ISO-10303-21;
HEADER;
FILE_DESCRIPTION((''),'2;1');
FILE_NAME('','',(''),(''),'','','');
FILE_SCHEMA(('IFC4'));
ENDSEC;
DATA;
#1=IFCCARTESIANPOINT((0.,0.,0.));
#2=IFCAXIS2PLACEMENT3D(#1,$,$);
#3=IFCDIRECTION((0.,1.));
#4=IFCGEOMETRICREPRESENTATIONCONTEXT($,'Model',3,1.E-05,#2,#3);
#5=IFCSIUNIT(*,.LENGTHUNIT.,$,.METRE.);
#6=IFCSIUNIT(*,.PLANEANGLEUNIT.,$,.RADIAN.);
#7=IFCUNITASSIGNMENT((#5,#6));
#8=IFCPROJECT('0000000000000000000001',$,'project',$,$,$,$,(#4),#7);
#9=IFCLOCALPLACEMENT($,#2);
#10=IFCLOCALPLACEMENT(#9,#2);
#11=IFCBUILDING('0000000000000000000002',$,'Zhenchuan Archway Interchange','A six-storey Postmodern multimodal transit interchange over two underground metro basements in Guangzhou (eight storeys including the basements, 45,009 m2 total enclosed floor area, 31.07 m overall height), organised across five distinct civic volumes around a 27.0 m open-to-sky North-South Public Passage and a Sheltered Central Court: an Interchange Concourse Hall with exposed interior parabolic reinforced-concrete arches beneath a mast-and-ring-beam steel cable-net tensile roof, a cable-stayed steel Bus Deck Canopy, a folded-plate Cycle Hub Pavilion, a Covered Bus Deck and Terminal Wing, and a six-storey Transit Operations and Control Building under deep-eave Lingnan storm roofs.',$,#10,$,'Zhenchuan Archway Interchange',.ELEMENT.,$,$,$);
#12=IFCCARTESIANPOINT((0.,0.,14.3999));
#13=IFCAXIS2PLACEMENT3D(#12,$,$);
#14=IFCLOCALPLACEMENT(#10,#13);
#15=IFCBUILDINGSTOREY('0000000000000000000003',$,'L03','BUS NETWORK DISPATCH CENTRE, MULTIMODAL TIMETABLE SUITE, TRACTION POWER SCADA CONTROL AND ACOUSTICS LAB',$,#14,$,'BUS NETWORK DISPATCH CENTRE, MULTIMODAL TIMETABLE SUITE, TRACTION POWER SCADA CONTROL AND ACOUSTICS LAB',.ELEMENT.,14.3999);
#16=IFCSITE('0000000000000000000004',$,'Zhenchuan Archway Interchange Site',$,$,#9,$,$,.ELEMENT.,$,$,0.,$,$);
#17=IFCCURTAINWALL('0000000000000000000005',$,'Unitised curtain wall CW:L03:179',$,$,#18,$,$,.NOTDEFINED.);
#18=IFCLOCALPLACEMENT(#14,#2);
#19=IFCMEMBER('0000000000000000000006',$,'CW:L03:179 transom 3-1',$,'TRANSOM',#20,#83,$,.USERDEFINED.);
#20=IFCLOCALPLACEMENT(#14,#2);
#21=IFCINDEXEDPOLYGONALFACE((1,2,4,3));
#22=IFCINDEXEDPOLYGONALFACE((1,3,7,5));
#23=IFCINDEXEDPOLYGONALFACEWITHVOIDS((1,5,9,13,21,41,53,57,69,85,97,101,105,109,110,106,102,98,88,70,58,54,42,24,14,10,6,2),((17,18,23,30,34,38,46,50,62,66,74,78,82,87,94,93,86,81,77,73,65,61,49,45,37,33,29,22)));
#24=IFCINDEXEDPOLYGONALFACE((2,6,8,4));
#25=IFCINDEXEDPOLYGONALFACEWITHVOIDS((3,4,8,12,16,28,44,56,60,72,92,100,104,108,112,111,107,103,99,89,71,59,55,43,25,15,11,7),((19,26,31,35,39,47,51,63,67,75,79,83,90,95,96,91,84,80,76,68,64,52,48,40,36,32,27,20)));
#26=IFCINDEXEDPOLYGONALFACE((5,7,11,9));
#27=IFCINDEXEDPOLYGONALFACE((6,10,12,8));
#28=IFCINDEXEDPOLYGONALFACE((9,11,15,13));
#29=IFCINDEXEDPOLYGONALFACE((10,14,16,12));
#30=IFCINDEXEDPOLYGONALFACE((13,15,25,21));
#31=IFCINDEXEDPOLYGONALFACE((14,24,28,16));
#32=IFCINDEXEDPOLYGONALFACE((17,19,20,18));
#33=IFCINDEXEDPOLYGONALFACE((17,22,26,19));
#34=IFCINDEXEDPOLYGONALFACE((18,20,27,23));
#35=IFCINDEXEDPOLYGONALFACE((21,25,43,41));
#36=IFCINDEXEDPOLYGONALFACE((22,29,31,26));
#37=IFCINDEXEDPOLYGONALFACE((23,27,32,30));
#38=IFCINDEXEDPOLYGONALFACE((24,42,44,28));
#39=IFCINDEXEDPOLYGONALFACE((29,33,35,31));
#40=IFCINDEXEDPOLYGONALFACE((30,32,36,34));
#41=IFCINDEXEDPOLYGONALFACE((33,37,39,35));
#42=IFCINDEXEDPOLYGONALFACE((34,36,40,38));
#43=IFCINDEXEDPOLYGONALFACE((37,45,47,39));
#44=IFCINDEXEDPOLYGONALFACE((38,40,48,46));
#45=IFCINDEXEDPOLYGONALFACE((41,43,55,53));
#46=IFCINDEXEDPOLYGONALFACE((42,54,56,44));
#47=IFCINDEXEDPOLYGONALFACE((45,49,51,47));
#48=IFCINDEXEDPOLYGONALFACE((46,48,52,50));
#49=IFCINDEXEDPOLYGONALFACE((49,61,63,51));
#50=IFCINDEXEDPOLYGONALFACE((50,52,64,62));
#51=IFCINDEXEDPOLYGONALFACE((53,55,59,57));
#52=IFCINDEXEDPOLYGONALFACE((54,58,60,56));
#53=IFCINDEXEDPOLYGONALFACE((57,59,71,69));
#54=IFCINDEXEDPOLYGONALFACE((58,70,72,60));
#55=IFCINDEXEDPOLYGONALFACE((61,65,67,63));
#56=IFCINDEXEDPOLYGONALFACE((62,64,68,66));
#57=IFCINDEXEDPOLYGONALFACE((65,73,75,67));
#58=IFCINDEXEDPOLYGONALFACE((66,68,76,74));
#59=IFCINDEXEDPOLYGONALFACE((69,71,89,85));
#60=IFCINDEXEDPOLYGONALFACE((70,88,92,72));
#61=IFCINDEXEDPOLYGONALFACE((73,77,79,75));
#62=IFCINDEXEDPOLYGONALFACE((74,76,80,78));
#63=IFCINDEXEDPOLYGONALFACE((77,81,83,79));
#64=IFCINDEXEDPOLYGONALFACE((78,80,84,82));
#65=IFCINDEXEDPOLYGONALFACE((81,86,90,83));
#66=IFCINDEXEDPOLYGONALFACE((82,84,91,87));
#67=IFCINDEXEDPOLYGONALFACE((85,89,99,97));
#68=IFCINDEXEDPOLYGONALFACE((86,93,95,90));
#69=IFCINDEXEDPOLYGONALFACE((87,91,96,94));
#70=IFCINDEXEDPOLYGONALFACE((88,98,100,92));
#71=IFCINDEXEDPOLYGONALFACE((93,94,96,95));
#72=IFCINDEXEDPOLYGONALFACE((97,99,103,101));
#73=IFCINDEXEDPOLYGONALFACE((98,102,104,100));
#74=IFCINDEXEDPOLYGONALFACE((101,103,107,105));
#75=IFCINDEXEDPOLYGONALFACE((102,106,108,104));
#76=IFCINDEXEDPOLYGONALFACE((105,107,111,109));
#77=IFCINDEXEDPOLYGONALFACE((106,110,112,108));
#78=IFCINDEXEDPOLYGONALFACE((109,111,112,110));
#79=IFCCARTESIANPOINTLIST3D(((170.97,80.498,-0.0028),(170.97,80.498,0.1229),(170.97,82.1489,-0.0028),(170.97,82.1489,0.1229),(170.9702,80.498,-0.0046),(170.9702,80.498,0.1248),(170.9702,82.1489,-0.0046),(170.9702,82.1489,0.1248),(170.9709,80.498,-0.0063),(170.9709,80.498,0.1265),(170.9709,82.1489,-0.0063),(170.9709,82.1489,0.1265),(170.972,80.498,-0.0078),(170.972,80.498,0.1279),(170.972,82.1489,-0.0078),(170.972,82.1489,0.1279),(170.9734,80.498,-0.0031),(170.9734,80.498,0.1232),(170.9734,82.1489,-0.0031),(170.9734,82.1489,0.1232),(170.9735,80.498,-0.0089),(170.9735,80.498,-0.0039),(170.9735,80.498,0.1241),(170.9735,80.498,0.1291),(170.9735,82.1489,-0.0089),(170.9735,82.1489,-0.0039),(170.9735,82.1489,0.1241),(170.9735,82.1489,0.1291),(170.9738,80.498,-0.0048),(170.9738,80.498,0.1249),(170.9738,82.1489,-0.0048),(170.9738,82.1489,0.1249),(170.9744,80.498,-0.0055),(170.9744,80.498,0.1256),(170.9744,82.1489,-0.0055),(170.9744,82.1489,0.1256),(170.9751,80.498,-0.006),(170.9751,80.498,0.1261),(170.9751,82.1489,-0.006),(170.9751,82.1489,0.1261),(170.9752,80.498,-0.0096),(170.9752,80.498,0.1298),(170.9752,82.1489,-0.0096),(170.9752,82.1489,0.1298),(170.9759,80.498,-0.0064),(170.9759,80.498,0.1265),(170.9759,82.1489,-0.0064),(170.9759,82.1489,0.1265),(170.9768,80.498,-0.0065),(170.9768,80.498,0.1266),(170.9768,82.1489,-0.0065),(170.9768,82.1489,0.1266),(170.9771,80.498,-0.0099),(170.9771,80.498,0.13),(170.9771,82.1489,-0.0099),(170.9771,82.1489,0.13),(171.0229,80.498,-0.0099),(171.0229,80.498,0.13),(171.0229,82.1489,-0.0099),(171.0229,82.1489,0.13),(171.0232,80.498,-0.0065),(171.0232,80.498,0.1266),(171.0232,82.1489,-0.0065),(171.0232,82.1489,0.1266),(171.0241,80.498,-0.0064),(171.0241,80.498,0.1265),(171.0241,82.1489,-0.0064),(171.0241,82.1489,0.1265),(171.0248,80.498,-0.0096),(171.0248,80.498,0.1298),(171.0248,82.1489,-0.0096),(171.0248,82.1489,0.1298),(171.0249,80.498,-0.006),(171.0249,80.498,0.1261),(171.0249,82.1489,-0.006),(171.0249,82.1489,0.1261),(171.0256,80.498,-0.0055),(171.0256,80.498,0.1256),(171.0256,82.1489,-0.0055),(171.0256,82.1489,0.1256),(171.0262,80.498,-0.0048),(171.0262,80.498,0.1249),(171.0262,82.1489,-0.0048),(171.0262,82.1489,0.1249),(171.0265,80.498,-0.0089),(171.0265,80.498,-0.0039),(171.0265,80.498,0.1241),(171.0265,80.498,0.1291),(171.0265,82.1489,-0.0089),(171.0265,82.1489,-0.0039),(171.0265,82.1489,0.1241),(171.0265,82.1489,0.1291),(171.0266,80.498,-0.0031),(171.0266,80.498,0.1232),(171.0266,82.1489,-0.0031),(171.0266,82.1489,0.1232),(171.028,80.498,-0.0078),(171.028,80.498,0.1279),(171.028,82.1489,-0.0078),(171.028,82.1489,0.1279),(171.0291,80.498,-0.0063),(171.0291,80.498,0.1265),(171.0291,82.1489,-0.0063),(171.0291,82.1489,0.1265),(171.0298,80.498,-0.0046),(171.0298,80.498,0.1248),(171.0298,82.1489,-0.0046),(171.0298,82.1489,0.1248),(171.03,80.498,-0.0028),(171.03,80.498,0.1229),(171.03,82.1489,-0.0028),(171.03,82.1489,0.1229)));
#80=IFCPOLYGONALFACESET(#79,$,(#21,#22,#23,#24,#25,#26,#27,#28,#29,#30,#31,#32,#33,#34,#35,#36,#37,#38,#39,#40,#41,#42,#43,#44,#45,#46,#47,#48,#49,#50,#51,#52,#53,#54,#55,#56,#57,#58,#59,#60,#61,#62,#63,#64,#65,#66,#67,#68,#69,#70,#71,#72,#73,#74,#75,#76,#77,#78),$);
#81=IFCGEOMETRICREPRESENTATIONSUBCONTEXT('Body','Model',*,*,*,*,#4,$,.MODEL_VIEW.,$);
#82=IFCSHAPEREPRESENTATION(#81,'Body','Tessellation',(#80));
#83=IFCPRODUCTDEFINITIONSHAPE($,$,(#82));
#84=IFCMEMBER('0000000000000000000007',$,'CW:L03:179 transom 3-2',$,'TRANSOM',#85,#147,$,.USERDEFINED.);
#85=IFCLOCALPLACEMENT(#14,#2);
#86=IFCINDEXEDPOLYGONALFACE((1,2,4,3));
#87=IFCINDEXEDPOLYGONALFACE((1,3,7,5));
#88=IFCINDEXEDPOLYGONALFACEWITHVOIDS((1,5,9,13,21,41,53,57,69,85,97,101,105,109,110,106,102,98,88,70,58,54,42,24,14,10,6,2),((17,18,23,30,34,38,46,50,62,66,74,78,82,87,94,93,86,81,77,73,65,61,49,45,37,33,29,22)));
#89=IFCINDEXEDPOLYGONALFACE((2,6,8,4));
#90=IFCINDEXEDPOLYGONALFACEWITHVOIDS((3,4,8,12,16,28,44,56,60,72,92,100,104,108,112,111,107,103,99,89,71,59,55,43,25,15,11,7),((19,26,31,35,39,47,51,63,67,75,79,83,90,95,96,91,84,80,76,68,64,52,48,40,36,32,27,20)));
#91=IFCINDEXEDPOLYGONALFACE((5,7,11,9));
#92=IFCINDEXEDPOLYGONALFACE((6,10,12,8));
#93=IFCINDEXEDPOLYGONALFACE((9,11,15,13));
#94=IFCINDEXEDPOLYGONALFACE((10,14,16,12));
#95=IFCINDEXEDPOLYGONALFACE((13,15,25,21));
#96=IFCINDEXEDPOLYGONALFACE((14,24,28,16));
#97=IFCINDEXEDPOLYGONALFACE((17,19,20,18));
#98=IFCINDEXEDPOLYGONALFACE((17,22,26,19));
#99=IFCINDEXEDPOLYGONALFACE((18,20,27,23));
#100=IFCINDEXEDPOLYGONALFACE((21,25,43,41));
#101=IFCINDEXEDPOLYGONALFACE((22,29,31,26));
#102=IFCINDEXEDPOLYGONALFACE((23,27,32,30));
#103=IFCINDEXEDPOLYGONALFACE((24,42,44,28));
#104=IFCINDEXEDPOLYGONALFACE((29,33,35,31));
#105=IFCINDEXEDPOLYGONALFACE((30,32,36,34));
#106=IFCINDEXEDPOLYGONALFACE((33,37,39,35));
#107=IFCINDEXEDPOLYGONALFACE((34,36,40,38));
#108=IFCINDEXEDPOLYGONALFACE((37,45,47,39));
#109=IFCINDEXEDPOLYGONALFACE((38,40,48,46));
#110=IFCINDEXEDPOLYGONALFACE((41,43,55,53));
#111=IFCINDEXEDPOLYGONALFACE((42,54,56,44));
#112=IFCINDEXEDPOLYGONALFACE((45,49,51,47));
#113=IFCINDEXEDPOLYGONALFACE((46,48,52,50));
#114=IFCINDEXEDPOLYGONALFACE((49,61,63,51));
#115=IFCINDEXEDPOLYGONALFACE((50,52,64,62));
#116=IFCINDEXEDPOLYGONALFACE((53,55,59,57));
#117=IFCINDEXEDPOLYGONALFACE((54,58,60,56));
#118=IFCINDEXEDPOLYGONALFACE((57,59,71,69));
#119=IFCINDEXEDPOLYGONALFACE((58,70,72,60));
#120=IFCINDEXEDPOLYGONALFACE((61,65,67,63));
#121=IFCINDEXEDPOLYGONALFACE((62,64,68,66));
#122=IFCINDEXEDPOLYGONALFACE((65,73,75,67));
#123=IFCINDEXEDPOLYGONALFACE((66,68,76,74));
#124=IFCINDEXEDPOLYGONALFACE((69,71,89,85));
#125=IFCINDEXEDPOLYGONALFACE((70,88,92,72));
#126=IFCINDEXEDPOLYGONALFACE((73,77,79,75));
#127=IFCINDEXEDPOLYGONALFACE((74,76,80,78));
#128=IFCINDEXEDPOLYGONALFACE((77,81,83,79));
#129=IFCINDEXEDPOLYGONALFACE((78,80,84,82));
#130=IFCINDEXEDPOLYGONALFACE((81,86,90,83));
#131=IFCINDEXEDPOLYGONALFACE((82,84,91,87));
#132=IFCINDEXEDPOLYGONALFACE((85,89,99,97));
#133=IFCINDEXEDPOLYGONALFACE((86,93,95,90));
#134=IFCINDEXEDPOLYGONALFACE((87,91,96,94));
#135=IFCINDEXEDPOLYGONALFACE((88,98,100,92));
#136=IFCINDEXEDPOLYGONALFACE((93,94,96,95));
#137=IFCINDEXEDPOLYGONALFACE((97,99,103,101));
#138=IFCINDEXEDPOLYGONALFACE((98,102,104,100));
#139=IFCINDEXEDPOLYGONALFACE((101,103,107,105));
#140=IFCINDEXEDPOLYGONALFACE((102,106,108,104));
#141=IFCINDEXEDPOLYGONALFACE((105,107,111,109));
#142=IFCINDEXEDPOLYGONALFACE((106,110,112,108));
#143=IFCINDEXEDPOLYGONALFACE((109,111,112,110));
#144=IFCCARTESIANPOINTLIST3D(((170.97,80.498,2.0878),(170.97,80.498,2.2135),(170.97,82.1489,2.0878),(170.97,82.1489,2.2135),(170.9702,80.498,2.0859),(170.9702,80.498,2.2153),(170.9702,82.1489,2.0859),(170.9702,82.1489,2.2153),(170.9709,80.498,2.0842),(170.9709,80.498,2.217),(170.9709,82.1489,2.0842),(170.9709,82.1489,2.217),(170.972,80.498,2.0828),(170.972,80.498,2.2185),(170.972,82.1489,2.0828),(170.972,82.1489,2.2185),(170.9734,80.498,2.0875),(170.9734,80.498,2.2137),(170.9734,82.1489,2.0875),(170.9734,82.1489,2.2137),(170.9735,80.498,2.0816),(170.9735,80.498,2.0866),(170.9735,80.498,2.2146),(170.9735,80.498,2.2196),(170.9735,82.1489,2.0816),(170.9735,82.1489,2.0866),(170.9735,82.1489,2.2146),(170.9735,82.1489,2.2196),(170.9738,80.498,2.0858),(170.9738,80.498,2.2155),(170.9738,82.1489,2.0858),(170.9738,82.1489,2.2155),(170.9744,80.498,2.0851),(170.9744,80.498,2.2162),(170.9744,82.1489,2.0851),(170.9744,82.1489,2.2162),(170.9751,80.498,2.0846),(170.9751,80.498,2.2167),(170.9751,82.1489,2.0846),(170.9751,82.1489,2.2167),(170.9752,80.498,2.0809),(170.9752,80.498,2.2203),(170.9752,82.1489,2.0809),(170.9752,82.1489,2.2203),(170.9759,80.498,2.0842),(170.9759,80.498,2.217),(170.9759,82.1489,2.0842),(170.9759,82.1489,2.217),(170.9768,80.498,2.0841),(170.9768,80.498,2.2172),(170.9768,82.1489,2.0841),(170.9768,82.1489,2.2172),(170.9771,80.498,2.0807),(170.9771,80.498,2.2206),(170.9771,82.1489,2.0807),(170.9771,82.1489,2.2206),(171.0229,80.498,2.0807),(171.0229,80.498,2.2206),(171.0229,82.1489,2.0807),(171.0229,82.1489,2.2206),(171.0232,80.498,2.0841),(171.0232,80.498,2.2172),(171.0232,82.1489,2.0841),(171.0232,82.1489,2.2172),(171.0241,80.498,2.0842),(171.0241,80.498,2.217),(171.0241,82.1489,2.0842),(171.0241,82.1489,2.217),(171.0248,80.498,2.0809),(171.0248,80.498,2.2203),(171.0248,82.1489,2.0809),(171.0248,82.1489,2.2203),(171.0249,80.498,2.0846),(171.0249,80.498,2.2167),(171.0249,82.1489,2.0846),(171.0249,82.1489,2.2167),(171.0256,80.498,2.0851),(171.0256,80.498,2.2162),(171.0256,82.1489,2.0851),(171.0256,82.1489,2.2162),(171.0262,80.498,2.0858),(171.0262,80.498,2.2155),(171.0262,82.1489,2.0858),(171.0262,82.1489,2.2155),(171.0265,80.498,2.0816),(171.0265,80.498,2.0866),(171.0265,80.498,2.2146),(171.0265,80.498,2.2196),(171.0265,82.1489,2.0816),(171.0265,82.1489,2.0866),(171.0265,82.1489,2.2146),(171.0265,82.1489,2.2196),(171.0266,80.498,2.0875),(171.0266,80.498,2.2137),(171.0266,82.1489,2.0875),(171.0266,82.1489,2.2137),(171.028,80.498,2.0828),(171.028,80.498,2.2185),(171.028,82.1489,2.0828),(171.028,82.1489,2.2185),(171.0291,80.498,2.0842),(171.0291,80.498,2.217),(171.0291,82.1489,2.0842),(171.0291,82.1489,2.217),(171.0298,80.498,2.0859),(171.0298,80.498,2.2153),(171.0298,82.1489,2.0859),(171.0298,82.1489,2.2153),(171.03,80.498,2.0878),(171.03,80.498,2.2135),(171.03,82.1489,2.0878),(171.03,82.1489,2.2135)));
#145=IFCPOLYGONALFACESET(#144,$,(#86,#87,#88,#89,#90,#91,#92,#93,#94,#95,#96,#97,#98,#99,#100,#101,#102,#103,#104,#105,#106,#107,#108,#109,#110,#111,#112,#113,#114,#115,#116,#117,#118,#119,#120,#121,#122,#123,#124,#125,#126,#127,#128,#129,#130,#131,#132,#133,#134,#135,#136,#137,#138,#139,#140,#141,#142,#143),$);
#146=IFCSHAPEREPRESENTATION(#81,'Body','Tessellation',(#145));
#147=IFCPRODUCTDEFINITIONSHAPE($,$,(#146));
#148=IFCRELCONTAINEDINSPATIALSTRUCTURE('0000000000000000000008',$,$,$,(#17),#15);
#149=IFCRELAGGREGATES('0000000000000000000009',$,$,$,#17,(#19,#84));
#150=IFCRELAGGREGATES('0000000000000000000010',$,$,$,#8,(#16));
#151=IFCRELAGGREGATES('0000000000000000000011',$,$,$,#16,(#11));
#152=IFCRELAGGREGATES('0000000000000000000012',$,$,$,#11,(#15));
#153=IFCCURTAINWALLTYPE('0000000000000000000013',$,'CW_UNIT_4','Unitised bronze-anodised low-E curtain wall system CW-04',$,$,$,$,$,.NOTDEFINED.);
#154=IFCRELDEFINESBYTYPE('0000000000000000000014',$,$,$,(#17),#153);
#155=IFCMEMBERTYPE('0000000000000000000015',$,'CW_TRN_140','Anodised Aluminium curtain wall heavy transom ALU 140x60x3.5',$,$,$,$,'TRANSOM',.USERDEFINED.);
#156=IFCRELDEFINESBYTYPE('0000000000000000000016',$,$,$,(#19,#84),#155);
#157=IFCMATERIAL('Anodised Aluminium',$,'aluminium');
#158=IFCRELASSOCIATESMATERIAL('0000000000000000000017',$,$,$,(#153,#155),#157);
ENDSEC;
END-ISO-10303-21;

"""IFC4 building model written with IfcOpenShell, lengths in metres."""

from ifc_helpers import new_model, si_unit, direction, frame, origin, origin_2d, place, context, subcontext, project, spatial, hollow_rectangle, extrude, material, material_profile, profile_set, type_object, element, aggregate, save


model = new_model("IFC4")

# Units and contexts
model_context = context("Model", 3, precision=1e-05, world=origin(), true_north=direction((0.0, 1.0)))
body_context = subcontext(model_context, "Body", "Model", "MODEL_VIEW")
ifc_project = project(units=[si_unit("LENGTHUNIT", "METRE"), si_unit("PLANEANGLEUNIT", "RADIAN")], contexts=[model_context])

# Site, building, storey
site_placement = place(None, origin())
site = spatial("IfcSite", under=ifc_project, at=site_placement, Name="Zhenchuan Archway Interchange Site", CompositionType="ELEMENT", RefElevation=0.0)
building_placement = place(site_placement, origin())
building = spatial("IfcBuilding", under=site, at=building_placement, Name="Zhenchuan Archway Interchange", Description="A six-storey Postmodern multimodal transit interchange over two underground metro basements in Guangzhou (eight storeys including the basements, 45,009 m2 total enclosed floor area, 31.07 m overall height), organised across five distinct civic volumes around a 27.0 m open-to-sky North-South Public Passage and a Sheltered Central Court: an Interchange Concourse Hall with exposed interior parabolic reinforced-concrete arches beneath a mast-and-ring-beam steel cable-net tensile roof, a cable-stayed steel Bus Deck Canopy, a folded-plate Cycle Hub Pavilion, a Covered Bus Deck and Terminal Wing, and a six-storey Transit Operations and Control Building under deep-eave Lingnan storm roofs.", LongName="Zhenchuan Archway Interchange", CompositionType="ELEMENT")
storey_placement = place(building_placement, frame((0.0, 0.0, 14.3999)))
storey = spatial("IfcBuildingStorey", under=building, at=storey_placement, Name="L03", Description="BUS NETWORK DISPATCH CENTRE, MULTIMODAL TIMETABLE SUITE, TRACTION POWER SCADA CONTROL AND ACOUSTICS LAB", LongName="BUS NETWORK DISPATCH CENTRE, MULTIMODAL TIMETABLE SUITE, TRACTION POWER SCADA CONTROL AND ACOUSTICS LAB", CompositionType="ELEMENT", Elevation=14.3999)

# Curtain wall
ifc_material_1 = material(Name="Anodised Aluminium", Category="aluminium")
curtain_wall_type_1 = type_object("IfcCurtainWallType", Name="CW_UNIT_4", Description="Unitised bronze-anodised low-E curtain wall system CW-04", PredefinedType="NOTDEFINED", material=ifc_material_1)
curtain_wall_1_placement = place(storey_placement, origin())
curtain_wall_1 = element("IfcCurtainWall", 1, at=curtain_wall_1_placement, inside=storey, type_object=curtain_wall_type_1, Name="Unitised curtain wall CW:L03:179", PredefinedType="NOTDEFINED")

# Members
ifc_material_profile_1 = material_profile(ifc_material_1, hollow_rectangle(XDim=0.0601, YDim=0.1399, WallThickness=0.0034, InnerFilletRadius=0.0034, OuterFilletRadius=0.0071, at=origin_2d()), Name="ALU 140x60x3.5")
ifc_profile_set_1 = profile_set([ifc_material_profile_1], Name="Anodised Aluminium")
member_type_1 = type_object("IfcMemberType", Name="CW_TRN_140", Description="Anodised Aluminium curtain wall heavy transom ALU 140x60x3.5", ElementType="TRANSOM", PredefinedType="USERDEFINED", material=ifc_profile_set_1)
member_1_placement = place(storey_placement, frame((171.0, 82.1489, 0.0601), z_axis=(0.0, -1.0, 0.0), x_axis=(1.0, 0.0, 0.0)))
member_1 = element("IfcMember", 2, at=member_1_placement, type_object=member_type_1, Name="CW:L03:179 transom 3-1", ObjectType="TRANSOM", PredefinedType="USERDEFINED", context=body_context, shape_type="SweptSolid", body=[
    extrude(hollow_rectangle(XDim=0.0601, YDim=0.1399, WallThickness=0.0034, InnerFilletRadius=0.0034, OuterFilletRadius=0.0071, at=origin_2d()), origin(), (0.0, 0.0, 1.0), 1.6509),
])
member_2_placement = place(storey_placement, frame((171.0, 82.1489, 2.1506), z_axis=(0.0, -1.0, 0.0), x_axis=(1.0, 0.0, 0.0)))
member_2 = element("IfcMember", 3, at=member_2_placement, type_object=member_type_1, Name="CW:L03:179 transom 3-2", ObjectType="TRANSOM", PredefinedType="USERDEFINED", context=body_context, shape_type="SweptSolid", body=[
    extrude(hollow_rectangle(XDim=0.0601, YDim=0.1399, WallThickness=0.0034, InnerFilletRadius=0.0034, OuterFilletRadius=0.0071, at=origin_2d()), origin(), (0.0, 0.0, 1.0), 1.6509),
])

aggregate(curtain_wall_1, [member_1, member_2])

save(model, "model.ifc")
